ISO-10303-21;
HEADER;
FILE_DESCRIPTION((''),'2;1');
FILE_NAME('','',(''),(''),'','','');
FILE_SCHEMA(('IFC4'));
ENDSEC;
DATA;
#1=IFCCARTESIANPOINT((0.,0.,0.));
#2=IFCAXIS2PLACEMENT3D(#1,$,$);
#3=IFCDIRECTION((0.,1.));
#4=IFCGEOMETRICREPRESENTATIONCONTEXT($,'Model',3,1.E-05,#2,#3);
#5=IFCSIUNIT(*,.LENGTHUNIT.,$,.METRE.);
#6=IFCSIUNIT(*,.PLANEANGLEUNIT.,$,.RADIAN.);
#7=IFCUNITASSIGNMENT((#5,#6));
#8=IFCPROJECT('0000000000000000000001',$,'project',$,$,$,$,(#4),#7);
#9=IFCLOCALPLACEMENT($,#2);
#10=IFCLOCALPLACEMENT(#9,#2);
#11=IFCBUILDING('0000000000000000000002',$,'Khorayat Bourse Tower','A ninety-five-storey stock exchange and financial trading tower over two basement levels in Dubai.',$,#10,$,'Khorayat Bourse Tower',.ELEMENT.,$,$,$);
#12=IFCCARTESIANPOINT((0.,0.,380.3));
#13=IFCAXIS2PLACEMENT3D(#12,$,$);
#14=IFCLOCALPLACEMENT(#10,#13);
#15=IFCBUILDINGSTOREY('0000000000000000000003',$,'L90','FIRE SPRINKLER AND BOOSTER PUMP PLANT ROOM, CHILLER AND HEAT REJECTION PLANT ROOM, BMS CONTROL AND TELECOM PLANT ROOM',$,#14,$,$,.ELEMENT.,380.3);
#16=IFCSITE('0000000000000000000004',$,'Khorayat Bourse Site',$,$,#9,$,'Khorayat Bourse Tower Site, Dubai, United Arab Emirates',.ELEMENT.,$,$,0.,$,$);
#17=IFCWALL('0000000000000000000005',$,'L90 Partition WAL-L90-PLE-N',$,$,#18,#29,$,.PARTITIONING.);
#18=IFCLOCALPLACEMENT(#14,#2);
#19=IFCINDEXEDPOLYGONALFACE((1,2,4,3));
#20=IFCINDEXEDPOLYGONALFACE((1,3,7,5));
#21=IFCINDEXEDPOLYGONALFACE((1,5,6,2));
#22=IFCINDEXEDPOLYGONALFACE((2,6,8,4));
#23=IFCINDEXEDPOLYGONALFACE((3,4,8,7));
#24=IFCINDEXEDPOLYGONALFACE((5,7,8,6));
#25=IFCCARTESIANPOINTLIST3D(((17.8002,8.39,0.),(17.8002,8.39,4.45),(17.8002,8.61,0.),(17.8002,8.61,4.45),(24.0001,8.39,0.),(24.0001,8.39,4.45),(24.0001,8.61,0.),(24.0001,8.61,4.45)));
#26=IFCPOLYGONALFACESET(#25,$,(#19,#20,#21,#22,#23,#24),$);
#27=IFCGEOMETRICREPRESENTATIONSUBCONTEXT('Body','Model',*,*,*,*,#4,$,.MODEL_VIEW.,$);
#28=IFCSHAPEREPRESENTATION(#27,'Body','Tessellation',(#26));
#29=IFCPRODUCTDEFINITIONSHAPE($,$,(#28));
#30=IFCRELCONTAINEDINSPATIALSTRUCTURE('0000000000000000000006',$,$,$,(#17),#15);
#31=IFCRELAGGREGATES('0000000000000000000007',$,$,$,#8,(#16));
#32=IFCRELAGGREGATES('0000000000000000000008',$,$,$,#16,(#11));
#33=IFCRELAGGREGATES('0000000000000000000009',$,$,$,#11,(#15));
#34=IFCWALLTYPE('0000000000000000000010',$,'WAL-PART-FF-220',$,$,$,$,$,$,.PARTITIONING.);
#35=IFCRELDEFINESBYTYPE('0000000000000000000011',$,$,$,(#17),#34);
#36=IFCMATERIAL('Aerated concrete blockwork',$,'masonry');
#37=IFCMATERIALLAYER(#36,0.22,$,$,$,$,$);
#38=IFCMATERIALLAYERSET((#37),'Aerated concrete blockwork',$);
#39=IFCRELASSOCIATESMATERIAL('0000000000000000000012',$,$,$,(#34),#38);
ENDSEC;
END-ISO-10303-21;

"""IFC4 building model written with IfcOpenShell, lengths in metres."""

from ifc_helpers import new_model, si_unit, direction, frame, frame_2d, origin, place, context, subcontext, project, spatial, rectangle, extrude, source, transform, mapped, material, layer, layer_set, type_object, element, save


model = new_model("IFC4")

# Units and contexts
model_context = context("Model", 3, precision=1e-05, world=origin(), true_north=direction((0.0, 1.0)))
body_context = subcontext(model_context, "Body", "Model", "MODEL_VIEW")
ifc_project = project(units=[si_unit("LENGTHUNIT", "METRE"), si_unit("PLANEANGLEUNIT", "RADIAN")], contexts=[model_context])

# Site, building, storey
site_placement = place(None, origin())
site = spatial("IfcSite", under=ifc_project, at=site_placement, Name="Khorayat Bourse Site", LongName="Khorayat Bourse Tower Site, Dubai, United Arab Emirates", CompositionType="ELEMENT", RefElevation=0.0)
building_placement = place(site_placement, origin())
building = spatial("IfcBuilding", under=site, at=building_placement, Name="Khorayat Bourse Tower", Description="A ninety-five-storey stock exchange and financial trading tower over two basement levels in Dubai.", LongName="Khorayat Bourse Tower", CompositionType="ELEMENT")
storey_placement = place(building_placement, frame((0.0, 0.0, 380.3)))
storey = spatial("IfcBuildingStorey", under=building, at=storey_placement, Name="L90", Description="FIRE SPRINKLER AND BOOSTER PUMP PLANT ROOM, CHILLER AND HEAT REJECTION PLANT ROOM, BMS CONTROL AND TELECOM PLANT ROOM", CompositionType="ELEMENT", Elevation=380.3)

# Wall
ifc_material_1 = material(Name="Aerated concrete blockwork", Category="masonry")
ifc_layer_1 = layer(ifc_material_1, 0.22)
ifc_layer_set_1 = layer_set([ifc_layer_1], Name="Aerated concrete blockwork")
wall_type_1 = type_object("IfcWallType", Name="WAL-PART-FF-220", PredefinedType="PARTITIONING", material=ifc_layer_set_1)
shared_shape_1 = source(origin(), body_context, "Body", "SweptSolid", [
    extrude(rectangle(XDim=6.2, YDim=0.22, at=frame_2d((3.1001, 0.0))), origin(), (0.0, 0.0, 1.0), 4.45),
])
wall_1_placement = place(storey_placement, frame((17.8, 8.5, 0.0), z_axis=(0.0, 0.0, 1.0), x_axis=(1.0, 0.0, 0.0)))
element("IfcWall", 1, at=wall_1_placement, inside=storey, type_object=wall_type_1, Name="L90 Partition WAL-L90-PLE-N", PredefinedType="PARTITIONING", context=body_context, shape_type="MappedRepresentation", body=[
    mapped(shared_shape_1, transform((0.0, 0.0, 0.0), scale=1.0)),
])

save(model, "model.ifc")
